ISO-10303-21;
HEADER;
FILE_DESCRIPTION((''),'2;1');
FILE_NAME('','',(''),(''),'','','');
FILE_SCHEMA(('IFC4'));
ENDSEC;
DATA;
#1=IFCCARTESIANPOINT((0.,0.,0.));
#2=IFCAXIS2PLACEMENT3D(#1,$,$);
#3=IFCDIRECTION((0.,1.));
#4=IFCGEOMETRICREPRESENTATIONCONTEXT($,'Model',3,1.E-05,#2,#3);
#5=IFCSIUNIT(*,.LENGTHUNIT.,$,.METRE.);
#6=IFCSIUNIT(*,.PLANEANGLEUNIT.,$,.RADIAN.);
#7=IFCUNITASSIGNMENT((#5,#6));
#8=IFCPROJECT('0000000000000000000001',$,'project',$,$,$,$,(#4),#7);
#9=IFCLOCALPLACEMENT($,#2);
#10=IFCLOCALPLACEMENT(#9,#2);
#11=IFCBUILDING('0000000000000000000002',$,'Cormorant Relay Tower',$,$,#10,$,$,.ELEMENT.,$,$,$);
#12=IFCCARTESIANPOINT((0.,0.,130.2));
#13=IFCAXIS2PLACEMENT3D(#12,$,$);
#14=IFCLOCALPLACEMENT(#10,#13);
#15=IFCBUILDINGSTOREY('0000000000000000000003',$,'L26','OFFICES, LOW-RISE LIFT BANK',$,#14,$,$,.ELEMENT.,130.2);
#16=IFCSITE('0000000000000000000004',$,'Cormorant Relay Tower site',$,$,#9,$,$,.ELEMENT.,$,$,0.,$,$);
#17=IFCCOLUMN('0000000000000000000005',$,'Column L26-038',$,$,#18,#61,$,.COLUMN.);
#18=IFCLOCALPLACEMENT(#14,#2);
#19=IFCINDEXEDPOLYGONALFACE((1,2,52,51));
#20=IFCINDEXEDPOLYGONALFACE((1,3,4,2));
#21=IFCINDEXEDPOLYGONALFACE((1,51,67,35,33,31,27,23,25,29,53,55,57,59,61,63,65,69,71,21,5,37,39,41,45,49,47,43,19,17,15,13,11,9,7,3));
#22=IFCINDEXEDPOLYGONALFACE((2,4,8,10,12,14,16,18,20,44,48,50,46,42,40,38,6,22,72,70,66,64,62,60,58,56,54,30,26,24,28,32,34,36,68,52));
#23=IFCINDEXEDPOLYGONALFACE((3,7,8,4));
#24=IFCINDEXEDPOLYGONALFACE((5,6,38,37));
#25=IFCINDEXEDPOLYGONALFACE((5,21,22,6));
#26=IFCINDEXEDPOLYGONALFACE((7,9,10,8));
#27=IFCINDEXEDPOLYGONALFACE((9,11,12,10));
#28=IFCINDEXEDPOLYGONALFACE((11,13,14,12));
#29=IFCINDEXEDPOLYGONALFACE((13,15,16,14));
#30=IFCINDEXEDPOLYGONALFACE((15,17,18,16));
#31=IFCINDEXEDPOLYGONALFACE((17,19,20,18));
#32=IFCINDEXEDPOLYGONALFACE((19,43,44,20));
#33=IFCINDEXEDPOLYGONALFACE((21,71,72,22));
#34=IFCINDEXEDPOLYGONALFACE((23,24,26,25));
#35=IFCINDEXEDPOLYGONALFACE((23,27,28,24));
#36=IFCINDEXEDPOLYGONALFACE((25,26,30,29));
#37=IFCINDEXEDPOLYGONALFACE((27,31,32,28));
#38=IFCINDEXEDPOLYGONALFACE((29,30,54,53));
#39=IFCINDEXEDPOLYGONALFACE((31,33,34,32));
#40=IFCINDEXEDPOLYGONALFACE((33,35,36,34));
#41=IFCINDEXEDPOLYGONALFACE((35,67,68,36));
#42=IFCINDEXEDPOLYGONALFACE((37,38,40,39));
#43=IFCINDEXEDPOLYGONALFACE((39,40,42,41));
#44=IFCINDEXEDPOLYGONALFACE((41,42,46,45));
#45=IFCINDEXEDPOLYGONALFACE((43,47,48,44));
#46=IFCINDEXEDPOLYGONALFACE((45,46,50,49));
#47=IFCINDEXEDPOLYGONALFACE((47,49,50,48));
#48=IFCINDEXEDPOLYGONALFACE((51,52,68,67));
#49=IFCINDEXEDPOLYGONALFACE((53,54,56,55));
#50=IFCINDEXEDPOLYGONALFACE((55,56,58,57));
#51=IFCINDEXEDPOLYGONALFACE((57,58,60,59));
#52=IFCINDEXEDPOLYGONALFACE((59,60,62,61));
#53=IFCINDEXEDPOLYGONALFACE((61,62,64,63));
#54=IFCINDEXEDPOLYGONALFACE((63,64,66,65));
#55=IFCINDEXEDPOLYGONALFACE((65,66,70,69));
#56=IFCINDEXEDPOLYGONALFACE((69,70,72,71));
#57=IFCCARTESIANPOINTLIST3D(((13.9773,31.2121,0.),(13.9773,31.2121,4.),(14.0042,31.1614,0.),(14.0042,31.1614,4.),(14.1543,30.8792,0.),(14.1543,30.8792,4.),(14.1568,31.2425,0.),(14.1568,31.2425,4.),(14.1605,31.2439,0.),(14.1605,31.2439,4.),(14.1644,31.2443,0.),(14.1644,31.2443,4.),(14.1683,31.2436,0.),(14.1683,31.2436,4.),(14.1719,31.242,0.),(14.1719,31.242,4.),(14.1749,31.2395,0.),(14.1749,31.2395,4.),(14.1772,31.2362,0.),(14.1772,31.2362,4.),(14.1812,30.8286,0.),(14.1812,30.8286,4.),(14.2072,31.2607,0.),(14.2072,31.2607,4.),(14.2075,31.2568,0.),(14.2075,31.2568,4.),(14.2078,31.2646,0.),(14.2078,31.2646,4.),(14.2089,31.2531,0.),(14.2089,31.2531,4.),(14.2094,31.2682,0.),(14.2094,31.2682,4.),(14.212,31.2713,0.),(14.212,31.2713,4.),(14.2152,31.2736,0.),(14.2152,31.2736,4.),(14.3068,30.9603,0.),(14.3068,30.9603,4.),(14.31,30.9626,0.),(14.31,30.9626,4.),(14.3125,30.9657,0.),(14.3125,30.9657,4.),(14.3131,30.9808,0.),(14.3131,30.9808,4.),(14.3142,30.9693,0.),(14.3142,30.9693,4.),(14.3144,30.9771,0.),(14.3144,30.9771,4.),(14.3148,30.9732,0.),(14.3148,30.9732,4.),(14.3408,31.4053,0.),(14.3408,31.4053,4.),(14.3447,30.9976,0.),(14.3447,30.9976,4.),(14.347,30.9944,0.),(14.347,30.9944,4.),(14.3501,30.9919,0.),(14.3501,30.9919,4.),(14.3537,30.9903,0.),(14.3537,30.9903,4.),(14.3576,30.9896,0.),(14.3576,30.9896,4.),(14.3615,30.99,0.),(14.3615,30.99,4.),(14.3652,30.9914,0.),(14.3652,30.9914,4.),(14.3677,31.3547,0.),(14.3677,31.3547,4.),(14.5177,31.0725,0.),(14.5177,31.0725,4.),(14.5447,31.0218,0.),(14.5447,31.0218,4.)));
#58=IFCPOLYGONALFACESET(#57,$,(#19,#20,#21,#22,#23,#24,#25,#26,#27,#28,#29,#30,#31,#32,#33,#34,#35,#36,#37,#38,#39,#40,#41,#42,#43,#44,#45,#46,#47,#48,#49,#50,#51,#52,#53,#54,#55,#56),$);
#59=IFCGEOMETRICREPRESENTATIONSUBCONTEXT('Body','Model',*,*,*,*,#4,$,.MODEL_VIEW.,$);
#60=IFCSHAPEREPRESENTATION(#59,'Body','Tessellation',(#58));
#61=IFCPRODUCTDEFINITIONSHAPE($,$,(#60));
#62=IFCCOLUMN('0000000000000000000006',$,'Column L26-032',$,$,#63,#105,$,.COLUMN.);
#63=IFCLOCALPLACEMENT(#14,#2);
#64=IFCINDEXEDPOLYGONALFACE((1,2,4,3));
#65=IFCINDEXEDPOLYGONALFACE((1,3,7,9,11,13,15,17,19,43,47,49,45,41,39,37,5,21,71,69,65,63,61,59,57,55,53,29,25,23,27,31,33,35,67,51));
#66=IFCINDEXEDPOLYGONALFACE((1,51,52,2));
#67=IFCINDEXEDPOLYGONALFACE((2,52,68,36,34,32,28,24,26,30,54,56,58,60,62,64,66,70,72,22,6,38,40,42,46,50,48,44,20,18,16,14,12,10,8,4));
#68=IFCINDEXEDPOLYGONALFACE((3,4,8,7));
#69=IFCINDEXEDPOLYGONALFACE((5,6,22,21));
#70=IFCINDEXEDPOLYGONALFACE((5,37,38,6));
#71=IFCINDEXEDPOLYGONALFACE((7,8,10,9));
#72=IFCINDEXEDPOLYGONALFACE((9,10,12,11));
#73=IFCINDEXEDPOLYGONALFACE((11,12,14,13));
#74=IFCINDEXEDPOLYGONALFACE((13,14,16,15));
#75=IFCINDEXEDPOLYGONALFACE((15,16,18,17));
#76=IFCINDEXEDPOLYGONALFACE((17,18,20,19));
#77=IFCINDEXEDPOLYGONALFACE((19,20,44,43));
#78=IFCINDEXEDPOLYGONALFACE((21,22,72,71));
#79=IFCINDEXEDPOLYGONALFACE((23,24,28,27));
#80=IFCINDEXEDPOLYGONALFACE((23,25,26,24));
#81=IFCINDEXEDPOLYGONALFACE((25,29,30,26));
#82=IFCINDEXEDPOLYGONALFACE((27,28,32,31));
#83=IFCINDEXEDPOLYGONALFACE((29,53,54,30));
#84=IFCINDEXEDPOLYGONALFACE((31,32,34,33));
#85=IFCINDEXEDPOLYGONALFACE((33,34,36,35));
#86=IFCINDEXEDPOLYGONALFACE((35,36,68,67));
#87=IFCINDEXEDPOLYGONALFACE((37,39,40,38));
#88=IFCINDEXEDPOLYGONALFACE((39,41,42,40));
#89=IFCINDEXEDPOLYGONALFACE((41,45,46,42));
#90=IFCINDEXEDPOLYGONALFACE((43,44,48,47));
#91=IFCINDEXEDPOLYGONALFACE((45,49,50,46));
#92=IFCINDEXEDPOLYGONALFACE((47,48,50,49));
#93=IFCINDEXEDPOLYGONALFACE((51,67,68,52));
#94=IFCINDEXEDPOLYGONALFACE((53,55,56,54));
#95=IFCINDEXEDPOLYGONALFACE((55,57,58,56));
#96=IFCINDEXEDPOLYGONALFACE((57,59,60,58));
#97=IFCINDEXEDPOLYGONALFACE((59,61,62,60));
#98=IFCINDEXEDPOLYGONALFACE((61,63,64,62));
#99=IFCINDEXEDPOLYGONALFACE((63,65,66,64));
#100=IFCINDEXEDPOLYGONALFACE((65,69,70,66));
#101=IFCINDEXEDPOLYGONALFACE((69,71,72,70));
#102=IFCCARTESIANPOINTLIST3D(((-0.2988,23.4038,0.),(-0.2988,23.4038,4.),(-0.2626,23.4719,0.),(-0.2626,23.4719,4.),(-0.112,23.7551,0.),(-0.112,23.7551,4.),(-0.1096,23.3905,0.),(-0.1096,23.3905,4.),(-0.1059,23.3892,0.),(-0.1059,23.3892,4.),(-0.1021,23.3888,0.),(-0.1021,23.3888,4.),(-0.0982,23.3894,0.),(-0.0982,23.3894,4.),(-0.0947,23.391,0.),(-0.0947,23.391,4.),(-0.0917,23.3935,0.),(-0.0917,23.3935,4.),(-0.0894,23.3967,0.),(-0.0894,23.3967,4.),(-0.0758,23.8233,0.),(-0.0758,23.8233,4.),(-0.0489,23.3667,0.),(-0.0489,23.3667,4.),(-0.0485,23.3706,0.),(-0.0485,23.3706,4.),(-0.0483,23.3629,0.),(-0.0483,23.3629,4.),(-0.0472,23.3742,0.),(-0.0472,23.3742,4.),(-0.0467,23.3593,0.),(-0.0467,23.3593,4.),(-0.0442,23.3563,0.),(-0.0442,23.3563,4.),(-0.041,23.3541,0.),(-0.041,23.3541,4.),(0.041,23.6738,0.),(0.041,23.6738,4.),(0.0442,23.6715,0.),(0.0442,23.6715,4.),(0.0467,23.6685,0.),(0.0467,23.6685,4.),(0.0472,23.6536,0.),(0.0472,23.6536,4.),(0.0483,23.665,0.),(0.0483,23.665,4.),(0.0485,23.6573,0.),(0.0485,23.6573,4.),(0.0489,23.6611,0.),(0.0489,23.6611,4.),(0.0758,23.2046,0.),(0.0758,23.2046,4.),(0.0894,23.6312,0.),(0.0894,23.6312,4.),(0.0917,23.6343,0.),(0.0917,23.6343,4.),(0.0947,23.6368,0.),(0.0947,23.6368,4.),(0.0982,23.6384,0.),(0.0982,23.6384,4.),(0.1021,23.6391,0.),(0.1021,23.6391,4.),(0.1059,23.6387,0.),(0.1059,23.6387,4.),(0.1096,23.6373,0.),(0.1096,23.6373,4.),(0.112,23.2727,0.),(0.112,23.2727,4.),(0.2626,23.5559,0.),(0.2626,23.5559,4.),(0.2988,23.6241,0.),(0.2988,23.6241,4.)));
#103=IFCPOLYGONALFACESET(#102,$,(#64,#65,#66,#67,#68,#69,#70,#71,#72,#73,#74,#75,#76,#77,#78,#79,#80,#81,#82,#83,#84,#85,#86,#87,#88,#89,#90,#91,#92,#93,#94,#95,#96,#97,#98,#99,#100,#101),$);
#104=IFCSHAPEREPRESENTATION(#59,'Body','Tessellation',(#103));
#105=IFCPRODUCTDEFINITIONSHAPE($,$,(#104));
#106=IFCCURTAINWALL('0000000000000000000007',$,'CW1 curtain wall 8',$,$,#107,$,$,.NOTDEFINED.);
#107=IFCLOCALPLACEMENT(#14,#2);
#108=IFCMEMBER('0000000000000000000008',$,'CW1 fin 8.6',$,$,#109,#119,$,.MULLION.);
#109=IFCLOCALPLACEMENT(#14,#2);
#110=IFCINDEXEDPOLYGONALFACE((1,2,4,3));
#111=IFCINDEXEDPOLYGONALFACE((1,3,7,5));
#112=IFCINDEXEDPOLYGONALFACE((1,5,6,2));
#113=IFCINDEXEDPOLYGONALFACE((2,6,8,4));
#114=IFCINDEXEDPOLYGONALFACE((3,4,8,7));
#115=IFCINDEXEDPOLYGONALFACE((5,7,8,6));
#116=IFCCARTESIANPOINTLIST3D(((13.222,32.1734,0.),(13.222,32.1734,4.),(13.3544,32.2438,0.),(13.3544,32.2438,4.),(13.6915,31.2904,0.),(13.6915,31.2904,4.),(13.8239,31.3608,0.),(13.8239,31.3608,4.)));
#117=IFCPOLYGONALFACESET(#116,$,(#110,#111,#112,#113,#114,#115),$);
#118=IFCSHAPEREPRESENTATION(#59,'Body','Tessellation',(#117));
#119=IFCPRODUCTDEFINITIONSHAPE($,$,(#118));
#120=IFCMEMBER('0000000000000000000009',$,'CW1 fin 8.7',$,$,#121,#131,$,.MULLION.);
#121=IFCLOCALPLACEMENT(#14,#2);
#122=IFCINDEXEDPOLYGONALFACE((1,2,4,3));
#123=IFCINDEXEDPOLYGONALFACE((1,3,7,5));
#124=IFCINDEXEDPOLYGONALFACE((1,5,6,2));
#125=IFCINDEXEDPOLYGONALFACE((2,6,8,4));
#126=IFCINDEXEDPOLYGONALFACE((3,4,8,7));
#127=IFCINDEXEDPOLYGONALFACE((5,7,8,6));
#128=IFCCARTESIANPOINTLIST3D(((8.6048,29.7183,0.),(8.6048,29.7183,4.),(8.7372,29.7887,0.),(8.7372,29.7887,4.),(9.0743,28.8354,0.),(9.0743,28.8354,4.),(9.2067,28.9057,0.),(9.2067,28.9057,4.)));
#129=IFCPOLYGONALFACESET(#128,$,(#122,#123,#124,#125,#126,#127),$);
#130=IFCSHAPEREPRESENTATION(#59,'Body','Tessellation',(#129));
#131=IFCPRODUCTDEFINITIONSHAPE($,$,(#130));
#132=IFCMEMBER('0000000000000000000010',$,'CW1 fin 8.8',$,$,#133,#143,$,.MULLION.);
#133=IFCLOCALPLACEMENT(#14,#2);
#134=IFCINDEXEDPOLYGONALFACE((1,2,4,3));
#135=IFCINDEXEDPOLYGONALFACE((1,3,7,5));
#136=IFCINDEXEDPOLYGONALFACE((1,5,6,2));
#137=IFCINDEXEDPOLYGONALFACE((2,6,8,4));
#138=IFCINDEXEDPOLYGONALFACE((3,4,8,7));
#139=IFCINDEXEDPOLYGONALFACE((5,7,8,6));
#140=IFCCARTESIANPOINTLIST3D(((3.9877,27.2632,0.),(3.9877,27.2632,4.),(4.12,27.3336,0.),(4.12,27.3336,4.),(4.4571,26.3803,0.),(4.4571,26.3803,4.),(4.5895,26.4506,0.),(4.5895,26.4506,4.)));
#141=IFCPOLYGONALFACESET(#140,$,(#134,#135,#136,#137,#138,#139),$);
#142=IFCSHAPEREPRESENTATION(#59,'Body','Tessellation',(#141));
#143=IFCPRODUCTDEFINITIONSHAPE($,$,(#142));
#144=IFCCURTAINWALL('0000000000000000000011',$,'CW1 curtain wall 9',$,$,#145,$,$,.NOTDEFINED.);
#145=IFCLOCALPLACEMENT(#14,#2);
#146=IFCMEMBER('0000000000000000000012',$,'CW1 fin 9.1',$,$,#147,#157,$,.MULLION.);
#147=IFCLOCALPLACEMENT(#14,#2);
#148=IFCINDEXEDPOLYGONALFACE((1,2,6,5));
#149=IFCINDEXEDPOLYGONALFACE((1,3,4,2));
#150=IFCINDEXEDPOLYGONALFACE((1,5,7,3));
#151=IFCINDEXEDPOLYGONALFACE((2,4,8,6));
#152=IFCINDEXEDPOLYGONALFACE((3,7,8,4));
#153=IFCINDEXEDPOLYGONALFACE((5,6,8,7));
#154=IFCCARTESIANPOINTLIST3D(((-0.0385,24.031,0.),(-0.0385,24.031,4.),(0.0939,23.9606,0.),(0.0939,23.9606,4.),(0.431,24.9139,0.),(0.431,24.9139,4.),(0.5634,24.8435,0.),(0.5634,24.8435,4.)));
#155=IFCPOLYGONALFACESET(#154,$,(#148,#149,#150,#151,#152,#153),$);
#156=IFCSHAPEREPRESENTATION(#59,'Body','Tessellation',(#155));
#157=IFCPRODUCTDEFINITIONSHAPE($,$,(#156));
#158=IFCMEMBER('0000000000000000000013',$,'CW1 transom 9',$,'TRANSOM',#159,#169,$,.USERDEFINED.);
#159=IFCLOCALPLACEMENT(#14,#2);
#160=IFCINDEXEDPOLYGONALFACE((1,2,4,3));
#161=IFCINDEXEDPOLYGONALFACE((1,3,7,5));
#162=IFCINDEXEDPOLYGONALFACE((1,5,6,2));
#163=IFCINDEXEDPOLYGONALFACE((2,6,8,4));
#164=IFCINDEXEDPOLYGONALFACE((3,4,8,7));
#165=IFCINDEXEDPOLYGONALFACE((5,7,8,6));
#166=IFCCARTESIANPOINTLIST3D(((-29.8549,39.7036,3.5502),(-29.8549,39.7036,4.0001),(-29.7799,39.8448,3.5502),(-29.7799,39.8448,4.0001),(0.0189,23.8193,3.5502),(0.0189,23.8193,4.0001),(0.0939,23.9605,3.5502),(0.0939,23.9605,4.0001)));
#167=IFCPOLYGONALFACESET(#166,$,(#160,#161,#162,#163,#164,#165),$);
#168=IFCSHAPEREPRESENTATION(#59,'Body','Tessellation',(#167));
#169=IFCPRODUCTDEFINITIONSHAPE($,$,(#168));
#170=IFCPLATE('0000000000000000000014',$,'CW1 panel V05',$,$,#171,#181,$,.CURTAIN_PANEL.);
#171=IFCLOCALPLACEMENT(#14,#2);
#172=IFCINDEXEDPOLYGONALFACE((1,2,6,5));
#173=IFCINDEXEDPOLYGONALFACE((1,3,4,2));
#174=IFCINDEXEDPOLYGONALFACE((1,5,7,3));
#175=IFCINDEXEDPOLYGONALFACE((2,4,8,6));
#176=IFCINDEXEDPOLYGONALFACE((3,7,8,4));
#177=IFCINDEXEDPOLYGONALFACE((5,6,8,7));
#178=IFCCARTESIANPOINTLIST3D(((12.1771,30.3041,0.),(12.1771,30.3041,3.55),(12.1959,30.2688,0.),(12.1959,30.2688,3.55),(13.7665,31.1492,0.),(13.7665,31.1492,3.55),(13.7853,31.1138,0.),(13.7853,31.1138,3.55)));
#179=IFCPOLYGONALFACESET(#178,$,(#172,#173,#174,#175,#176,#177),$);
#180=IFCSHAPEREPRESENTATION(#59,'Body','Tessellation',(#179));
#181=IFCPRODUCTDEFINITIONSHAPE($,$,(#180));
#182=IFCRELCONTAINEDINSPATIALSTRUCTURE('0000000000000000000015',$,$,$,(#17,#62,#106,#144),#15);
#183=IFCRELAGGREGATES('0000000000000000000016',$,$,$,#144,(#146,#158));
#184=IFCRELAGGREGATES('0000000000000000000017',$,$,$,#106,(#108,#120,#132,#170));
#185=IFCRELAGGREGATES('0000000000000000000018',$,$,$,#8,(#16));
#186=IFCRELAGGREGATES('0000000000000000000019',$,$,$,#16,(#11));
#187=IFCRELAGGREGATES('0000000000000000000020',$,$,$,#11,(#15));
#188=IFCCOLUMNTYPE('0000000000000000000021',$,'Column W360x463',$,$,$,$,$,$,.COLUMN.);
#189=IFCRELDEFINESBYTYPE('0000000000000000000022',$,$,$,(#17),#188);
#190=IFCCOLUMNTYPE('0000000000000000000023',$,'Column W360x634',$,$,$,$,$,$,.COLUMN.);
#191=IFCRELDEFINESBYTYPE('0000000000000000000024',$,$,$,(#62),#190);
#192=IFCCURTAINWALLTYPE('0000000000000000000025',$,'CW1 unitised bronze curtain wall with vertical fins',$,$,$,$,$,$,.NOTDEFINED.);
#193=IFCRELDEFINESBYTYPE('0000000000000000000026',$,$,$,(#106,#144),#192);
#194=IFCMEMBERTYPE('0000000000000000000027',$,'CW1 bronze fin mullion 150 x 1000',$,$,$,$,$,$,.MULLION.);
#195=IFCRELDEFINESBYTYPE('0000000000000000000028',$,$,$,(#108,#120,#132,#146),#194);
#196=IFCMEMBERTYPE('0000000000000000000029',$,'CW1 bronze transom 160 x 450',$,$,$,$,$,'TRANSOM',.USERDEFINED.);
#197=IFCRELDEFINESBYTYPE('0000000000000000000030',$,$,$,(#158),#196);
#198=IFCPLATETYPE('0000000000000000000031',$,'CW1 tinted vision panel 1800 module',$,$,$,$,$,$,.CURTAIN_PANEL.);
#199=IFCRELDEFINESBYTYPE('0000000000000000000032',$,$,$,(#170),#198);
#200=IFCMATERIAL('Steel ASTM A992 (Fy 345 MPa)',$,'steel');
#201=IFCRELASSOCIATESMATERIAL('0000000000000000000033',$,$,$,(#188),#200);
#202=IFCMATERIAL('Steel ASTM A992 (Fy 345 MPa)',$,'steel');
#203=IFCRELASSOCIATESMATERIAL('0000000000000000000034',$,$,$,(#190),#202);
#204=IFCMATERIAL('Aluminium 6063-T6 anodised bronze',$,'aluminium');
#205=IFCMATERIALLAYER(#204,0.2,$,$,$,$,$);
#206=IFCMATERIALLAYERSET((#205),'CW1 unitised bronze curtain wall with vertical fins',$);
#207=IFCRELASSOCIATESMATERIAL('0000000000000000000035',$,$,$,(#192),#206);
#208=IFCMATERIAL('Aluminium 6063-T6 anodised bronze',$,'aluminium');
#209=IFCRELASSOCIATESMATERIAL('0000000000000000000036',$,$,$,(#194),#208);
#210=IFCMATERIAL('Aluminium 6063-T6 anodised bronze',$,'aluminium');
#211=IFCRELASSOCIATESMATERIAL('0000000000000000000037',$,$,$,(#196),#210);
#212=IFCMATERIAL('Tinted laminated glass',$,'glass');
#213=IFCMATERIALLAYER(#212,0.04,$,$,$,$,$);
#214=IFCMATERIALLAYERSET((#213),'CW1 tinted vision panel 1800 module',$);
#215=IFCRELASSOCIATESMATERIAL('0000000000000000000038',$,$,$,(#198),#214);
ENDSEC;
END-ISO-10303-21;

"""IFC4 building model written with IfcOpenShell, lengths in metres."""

from ifc_helpers import new_model, si_unit, direction, frame, origin, origin_2d, place, context, subcontext, project, spatial, rectangle, i_section, extrude, material, layer, layer_set, material_profile, profile_set, type_object, element, aggregate, save


model = new_model("IFC4")

# Units and contexts
model_context = context("Model", 3, precision=1e-05, world=origin(), true_north=direction((0.0, 1.0)))
body_context = subcontext(model_context, "Body", "Model", "MODEL_VIEW")
ifc_project = project(units=[si_unit("LENGTHUNIT", "METRE"), si_unit("PLANEANGLEUNIT", "RADIAN")], contexts=[model_context])

# Site, building, storey
site_placement = place(None, origin())
site = spatial("IfcSite", under=ifc_project, at=site_placement, Name="Cormorant Relay Tower site", CompositionType="ELEMENT", RefElevation=0.0)
building_placement = place(site_placement, origin())
building = spatial("IfcBuilding", under=site, at=building_placement, Name="Cormorant Relay Tower", CompositionType="ELEMENT")
storey_placement = place(building_placement, frame((0.0, 0.0, 130.2)))
storey = spatial("IfcBuildingStorey", under=building, at=storey_placement, Name="L26", Description="OFFICES, LOW-RISE LIFT BANK", CompositionType="ELEMENT", Elevation=130.2)

# Columns
ifc_material_1 = material(Name="Steel ASTM A992 (Fy 345 MPa)", Category="steel")
ifc_material_profile_1 = material_profile(ifc_material_1, i_section(OverallWidth=0.4116, OverallDepth=0.4343, WebThickness=0.0359, FlangeThickness=0.0574, FilletRadius=0.0151, at=origin_2d()), Name="W360x463")
ifc_profile_set_1 = profile_set([ifc_material_profile_1], Name="Steel ASTM A992 (Fy 345 MPa)")
column_type_1 = type_object("IfcColumnType", Name="Column W360x463", PredefinedType="COLUMN", material=ifc_profile_set_1)
for number, where, z_axis, x_axis, name in (
    (1, (14.261, 31.1169, 0.0), (0.0, 0.0, 1.0), (-0.882948, -0.469472, 0.0), "Column L26-038"),
):
    element("IfcColumn", number, at=place(storey_placement, frame(where, z_axis=z_axis, x_axis=x_axis)), inside=storey, type_object=column_type_1, Name=name, PredefinedType="COLUMN", context=body_context, shape_type="SweptSolid", body=[
        extrude(i_section(OverallWidth=0.4116, OverallDepth=0.4343, WebThickness=0.0359, FlangeThickness=0.0574, FilletRadius=0.0151, at=origin_2d()), origin(), (0.0, 0.0, 1.0), 4.0),
    ])
ifc_material_2 = material(Name="Steel ASTM A992 (Fy 345 MPa)", Category="steel")
ifc_material_profile_2 = material_profile(ifc_material_2, i_section(OverallWidth=0.4243, OverallDepth=0.4751, WebThickness=0.0479, FlangeThickness=0.0771, FilletRadius=0.0149, at=origin_2d()), Name="W360x634")
ifc_profile_set_2 = profile_set([ifc_material_profile_2], Name="Steel ASTM A992 (Fy 345 MPa)")
column_type_2 = type_object("IfcColumnType", Name="Column W360x634", PredefinedType="COLUMN", material=ifc_profile_set_2)
column_placement = place(storey_placement, frame((0.0, 23.5139, 0.0), z_axis=(0.0, 0.0, 1.0), x_axis=(-0.882948, 0.469472, 0.0)))
element("IfcColumn", 2, at=column_placement, inside=storey, type_object=column_type_2, Name="Column L26-032", PredefinedType="COLUMN", context=body_context, shape_type="SweptSolid", body=[
    extrude(i_section(OverallWidth=0.4243, OverallDepth=0.4751, WebThickness=0.0479, FlangeThickness=0.0771, FilletRadius=0.0149, at=origin_2d()), origin(), (0.0, 0.0, 1.0), 4.0),
])

# Curtain walls, members
ifc_material_3 = material(Name="Aluminium 6063-T6 anodised bronze", Category="aluminium")
ifc_layer_1 = layer(ifc_material_3, 0.2)
ifc_layer_set_1 = layer_set([ifc_layer_1], Name="CW1 unitised bronze curtain wall with vertical fins")
curtain_wall_type = type_object("IfcCurtainWallType", Name="CW1 unitised bronze curtain wall with vertical fins", PredefinedType="NOTDEFINED", material=ifc_layer_set_1)
curtain_wall_1_placement = place(storey_placement, origin())
curtain_wall_1 = element("IfcCurtainWall", 3, at=curtain_wall_1_placement, inside=storey, type_object=curtain_wall_type, Name="CW1 curtain wall 8", PredefinedType="NOTDEFINED")
ifc_material_4 = material(Name="Aluminium 6063-T6 anodised bronze", Category="aluminium")
ifc_material_profile_3 = material_profile(ifc_material_4, rectangle(XDim=0.1499, YDim=1.0, at=origin_2d()), Name="AL 150x1000")
ifc_profile_set_3 = profile_set([ifc_material_profile_3], Name="Aluminium 6063-T6 anodised bronze")
member_type_1 = type_object("IfcMemberType", Name="CW1 bronze fin mullion 150 x 1000", PredefinedType="MULLION", material=ifc_profile_set_3)
member_1_placement = place(storey_placement, frame((13.5229, 31.7671, 0.0), z_axis=(0.0, 0.0, 1.0), x_axis=(-0.882948, -0.469472, 0.0)))
member_1 = element("IfcMember", 4, at=member_1_placement, type_object=member_type_1, Name="CW1 fin 8.6", PredefinedType="MULLION", context=body_context, shape_type="SweptSolid", body=[
    extrude(rectangle(XDim=0.1499, YDim=1.0, at=origin_2d()), origin(), (0.0, 0.0, 1.0), 4.0),
])
member_2_placement = place(storey_placement, frame((8.9058, 29.312, 0.0), z_axis=(0.0, 0.0, 1.0), x_axis=(-0.882948, -0.469472, 0.0)))
member_2 = element("IfcMember", 5, at=member_2_placement, type_object=member_type_1, Name="CW1 fin 8.7", PredefinedType="MULLION", context=body_context, shape_type="SweptSolid", body=[
    extrude(rectangle(XDim=0.1499, YDim=1.0, at=origin_2d()), origin(), (0.0, 0.0, 1.0), 4.0),
])
member_3_placement = place(storey_placement, frame((4.2886, 26.8569, 0.0), z_axis=(0.0, 0.0, 1.0), x_axis=(-0.882948, -0.469472, 0.0)))
member_3 = element("IfcMember", 6, at=member_3_placement, type_object=member_type_1, Name="CW1 fin 8.8", PredefinedType="MULLION", context=body_context, shape_type="SweptSolid", body=[
    extrude(rectangle(XDim=0.1499, YDim=1.0, at=origin_2d()), origin(), (0.0, 0.0, 1.0), 4.0),
])
curtain_wall_2_placement = place(storey_placement, origin())
curtain_wall_2 = element("IfcCurtainWall", 7, at=curtain_wall_2_placement, inside=storey, type_object=curtain_wall_type, Name="CW1 curtain wall 9", PredefinedType="NOTDEFINED")
member_4_placement = place(storey_placement, frame((0.2625, 24.4373, 0.0), z_axis=(0.0, 0.0, 1.0), x_axis=(-0.882948, 0.469472, 0.0)))
member_4 = element("IfcMember", 8, at=member_4_placement, type_object=member_type_1, Name="CW1 fin 9.1", PredefinedType="MULLION", context=body_context, shape_type="SweptSolid", body=[
    extrude(rectangle(XDim=0.1499, YDim=1.0, at=origin_2d()), origin(), (0.0, 0.0, 1.0), 4.0),
])
ifc_material_5 = material(Name="Aluminium 6063-T6 anodised bronze", Category="aluminium")
ifc_material_profile_4 = material_profile(ifc_material_5, rectangle(XDim=0.1599, YDim=0.45, at=origin_2d()), Name="AL 160x450")
ifc_profile_set_4 = profile_set([ifc_material_profile_4], Name="Aluminium 6063-T6 anodised bronze")
member_type_2 = type_object("IfcMemberType", Name="CW1 bronze transom 160 x 450", ElementType="TRANSOM", PredefinedType="USERDEFINED", material=ifc_profile_set_4)
member_5_placement = place(storey_placement, frame((0.0564, 23.8899, 3.7751), z_axis=(-0.882946, 0.469474, 0.0), x_axis=(-0.469474, -0.882946, 0.0)))
member_5 = element("IfcMember", 9, at=member_5_placement, type_object=member_type_2, Name="CW1 transom 9", ObjectType="TRANSOM", PredefinedType="USERDEFINED", context=body_context, shape_type="SweptSolid", body=[
    extrude(rectangle(XDim=0.1599, YDim=0.45, at=origin_2d()), origin(), (0.0, 0.0, 1.0), 33.8342),
])
aggregate(curtain_wall_2, [member_4, member_5])

# Plate
ifc_material_6 = material(Name="Tinted laminated glass", Category="glass")
ifc_layer_2 = layer(ifc_material_6, 0.04)
ifc_layer_set_2 = layer_set([ifc_layer_2], Name="CW1 tinted vision panel 1800 module")
plate_type_1 = type_object("IfcPlateType", Name="CW1 tinted vision panel 1800 module", PredefinedType="CURTAIN_PANEL", material=ifc_layer_set_2)
plate_1_placement = place(storey_placement, frame((12.9812, 30.709, 0.0), z_axis=(0.0, 0.0, 1.0), x_axis=(-0.882948, -0.469472, 0.0)))
plate_1 = element("IfcPlate", 10, at=plate_1_placement, type_object=plate_type_1, Name="CW1 panel V05", PredefinedType="CURTAIN_PANEL", context=body_context, shape_type="SweptSolid", body=[
    extrude(rectangle(XDim=1.8, YDim=0.04, at=origin_2d()), origin(), (0.0, 0.0, 1.0), 3.55),
])

aggregate(curtain_wall_1, [member_1, member_2, member_3, plate_1])

save(model, "model.ifc")
